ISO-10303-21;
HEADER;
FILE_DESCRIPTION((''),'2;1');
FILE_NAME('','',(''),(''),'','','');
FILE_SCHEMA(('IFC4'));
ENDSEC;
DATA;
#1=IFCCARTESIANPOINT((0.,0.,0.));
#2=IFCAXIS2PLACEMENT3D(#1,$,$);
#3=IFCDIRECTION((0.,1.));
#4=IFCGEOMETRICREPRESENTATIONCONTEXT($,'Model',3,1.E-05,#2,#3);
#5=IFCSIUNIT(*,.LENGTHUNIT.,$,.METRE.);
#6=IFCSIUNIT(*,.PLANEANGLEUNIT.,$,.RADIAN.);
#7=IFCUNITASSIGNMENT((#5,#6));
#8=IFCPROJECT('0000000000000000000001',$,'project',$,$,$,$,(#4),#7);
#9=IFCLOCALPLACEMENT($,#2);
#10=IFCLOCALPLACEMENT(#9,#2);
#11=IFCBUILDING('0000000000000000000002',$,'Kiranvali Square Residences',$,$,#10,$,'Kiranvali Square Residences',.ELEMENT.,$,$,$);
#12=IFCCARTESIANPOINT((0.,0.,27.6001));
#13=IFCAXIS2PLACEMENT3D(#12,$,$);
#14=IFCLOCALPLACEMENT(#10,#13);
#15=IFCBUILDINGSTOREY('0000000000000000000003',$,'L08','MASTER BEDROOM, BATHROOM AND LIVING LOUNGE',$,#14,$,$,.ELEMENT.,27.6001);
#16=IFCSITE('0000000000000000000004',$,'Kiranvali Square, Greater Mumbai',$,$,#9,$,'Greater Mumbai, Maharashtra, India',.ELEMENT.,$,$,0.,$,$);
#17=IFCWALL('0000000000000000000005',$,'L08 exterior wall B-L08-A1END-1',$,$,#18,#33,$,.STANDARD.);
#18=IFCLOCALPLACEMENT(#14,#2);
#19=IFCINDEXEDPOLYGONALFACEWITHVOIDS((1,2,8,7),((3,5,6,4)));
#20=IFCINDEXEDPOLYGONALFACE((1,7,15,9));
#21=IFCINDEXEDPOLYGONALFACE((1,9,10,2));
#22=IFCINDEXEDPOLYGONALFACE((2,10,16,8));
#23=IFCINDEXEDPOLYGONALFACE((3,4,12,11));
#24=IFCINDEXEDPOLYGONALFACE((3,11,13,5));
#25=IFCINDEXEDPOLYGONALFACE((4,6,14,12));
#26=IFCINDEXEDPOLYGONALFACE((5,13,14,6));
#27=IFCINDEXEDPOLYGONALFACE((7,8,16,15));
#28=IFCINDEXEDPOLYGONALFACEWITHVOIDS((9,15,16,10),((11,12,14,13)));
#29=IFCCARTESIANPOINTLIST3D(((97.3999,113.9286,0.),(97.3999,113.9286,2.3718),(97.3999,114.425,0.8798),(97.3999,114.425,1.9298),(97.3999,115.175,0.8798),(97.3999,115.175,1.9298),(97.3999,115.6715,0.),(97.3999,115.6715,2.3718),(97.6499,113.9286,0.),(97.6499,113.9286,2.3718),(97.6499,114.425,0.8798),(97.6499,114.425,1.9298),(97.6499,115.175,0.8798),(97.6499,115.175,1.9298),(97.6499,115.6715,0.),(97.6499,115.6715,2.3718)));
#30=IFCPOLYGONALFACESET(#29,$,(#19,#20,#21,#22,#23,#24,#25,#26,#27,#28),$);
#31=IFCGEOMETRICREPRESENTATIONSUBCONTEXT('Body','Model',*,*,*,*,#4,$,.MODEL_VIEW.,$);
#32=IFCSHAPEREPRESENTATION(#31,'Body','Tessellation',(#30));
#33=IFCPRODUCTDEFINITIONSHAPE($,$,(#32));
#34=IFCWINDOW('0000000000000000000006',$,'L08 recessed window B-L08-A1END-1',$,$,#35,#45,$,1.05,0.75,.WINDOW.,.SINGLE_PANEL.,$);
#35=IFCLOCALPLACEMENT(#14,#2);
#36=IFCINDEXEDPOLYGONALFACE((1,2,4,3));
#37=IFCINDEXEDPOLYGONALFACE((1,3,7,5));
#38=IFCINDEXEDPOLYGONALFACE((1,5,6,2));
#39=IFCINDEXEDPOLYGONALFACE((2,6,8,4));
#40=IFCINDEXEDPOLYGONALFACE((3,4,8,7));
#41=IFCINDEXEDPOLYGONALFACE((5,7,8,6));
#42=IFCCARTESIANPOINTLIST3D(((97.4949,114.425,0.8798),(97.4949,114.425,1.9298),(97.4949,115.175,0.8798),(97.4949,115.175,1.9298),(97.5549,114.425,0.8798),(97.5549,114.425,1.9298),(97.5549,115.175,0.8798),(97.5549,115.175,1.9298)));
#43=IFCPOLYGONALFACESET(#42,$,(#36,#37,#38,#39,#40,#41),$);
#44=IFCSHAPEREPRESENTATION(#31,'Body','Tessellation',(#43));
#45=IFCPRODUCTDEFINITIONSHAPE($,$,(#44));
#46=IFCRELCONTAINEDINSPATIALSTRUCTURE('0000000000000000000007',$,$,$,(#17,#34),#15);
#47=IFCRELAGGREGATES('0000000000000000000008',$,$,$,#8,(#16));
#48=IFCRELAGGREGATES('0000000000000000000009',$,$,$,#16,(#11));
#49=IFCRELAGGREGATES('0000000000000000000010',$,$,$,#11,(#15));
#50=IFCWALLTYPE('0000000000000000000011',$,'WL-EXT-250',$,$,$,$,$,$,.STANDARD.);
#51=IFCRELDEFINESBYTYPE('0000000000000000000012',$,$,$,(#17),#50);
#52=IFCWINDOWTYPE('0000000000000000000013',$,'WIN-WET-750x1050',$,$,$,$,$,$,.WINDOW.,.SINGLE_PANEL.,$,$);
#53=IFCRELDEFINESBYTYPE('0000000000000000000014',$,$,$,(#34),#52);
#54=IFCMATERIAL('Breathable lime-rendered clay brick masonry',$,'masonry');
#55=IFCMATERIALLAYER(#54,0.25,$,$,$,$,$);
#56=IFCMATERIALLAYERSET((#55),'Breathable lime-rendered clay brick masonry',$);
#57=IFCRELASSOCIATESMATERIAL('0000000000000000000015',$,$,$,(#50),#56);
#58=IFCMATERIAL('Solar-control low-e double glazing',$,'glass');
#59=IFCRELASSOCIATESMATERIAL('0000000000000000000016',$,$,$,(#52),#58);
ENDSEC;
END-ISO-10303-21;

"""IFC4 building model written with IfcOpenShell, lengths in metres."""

from ifc_helpers import new_model, si_unit, direction, frame, frame_2d, origin, place, context, subcontext, project, spatial, rectangle, extrude, material, layer, layer_set, type_object, element, fill, save


model = new_model("IFC4")

# Units and contexts
model_context = context("Model", 3, precision=1e-05, world=origin(), true_north=direction((0.0, 1.0)))
body_context = subcontext(model_context, "Body", "Model", "MODEL_VIEW")
ifc_project = project(units=[si_unit("LENGTHUNIT", "METRE"), si_unit("PLANEANGLEUNIT", "RADIAN")], contexts=[model_context])

# Site, building, storey
site_placement = place(None, origin())
site = spatial("IfcSite", under=ifc_project, at=site_placement, Name="Kiranvali Square, Greater Mumbai", LongName="Greater Mumbai, Maharashtra, India", CompositionType="ELEMENT", RefElevation=0.0)
building_placement = place(site_placement, origin())
building = spatial("IfcBuilding", under=site, at=building_placement, Name="Kiranvali Square Residences", LongName="Kiranvali Square Residences", CompositionType="ELEMENT")
storey_placement = place(building_placement, frame((0.0, 0.0, 27.6001)))
storey = spatial("IfcBuildingStorey", under=building, at=storey_placement, Name="L08", Description="MASTER BEDROOM, BATHROOM AND LIVING LOUNGE", CompositionType="ELEMENT", Elevation=27.6001)

# Wall, opening, window
ifc_material_1 = material(Name="Breathable lime-rendered clay brick masonry", Category="masonry")
ifc_layer_1 = layer(ifc_material_1, 0.25)
ifc_layer_set_1 = layer_set([ifc_layer_1], Name="Breathable lime-rendered clay brick masonry")
wall_type_1 = type_object("IfcWallType", Name="WL-EXT-250", PredefinedType="STANDARD", material=ifc_layer_set_1)
wall_1_placement = place(storey_placement, frame((97.5249, 113.9285, 0.0), z_axis=(0.0, 0.0, 1.0), x_axis=(0.0, 1.0, 0.0)))
wall_1 = element("IfcWall", 1, at=wall_1_placement, inside=storey, type_object=wall_type_1, Name="L08 exterior wall B-L08-A1END-1", PredefinedType="STANDARD", context=body_context, shape_type="SweptSolid", body=[
    extrude(rectangle(XDim=1.7429, YDim=0.25, at=frame_2d((0.8716, 0.0))), origin(), (0.0, 0.0, 1.0), 2.3718),
])
opening_1_placement = place(wall_1_placement, frame((0.4966, 0.0, 0.8799)))
opening_1 = element("IfcOpeningElement", 2, at=opening_1_placement, cuts=wall_1, PredefinedType="OPENING", context=body_context, shape_type="SweptSolid", body=[
    extrude(rectangle(XDim=0.75, YDim=1.05, at=frame_2d((0.375, 0.5249))), frame((0.0, 0.135, 0.0), z_axis=(0.0, -1.0, 0.0), x_axis=(1.0, 0.0, 0.0)), (0.0, 0.0, 1.0), 0.27),
])
ifc_material_2 = material(Name="Solar-control low-e double glazing", Category="glass")
window_type = type_object("IfcWindowType", Name="WIN-WET-750x1050", PartitioningType="SINGLE_PANEL", PredefinedType="WINDOW", material=ifc_material_2)
window_placement = place(opening_1_placement, origin())
window = element("IfcWindow", 3, at=window_placement, inside=storey, type_object=window_type, Name="L08 recessed window B-L08-A1END-1", OverallHeight=1.05, OverallWidth=0.75, PartitioningType="SINGLE_PANEL", PredefinedType="WINDOW", context=body_context, shape_type="SweptSolid", body=[
    extrude(rectangle(XDim=0.75, YDim=1.05, at=frame_2d((0.375, 0.5249))), frame((0.0, 0.03, 0.0), z_axis=(0.0, -1.0, 0.0), x_axis=(1.0, 0.0, 0.0)), (0.0, 0.0, 1.0), 0.0601),
])
fill(opening_1, window)

save(model, "model.ifc")
